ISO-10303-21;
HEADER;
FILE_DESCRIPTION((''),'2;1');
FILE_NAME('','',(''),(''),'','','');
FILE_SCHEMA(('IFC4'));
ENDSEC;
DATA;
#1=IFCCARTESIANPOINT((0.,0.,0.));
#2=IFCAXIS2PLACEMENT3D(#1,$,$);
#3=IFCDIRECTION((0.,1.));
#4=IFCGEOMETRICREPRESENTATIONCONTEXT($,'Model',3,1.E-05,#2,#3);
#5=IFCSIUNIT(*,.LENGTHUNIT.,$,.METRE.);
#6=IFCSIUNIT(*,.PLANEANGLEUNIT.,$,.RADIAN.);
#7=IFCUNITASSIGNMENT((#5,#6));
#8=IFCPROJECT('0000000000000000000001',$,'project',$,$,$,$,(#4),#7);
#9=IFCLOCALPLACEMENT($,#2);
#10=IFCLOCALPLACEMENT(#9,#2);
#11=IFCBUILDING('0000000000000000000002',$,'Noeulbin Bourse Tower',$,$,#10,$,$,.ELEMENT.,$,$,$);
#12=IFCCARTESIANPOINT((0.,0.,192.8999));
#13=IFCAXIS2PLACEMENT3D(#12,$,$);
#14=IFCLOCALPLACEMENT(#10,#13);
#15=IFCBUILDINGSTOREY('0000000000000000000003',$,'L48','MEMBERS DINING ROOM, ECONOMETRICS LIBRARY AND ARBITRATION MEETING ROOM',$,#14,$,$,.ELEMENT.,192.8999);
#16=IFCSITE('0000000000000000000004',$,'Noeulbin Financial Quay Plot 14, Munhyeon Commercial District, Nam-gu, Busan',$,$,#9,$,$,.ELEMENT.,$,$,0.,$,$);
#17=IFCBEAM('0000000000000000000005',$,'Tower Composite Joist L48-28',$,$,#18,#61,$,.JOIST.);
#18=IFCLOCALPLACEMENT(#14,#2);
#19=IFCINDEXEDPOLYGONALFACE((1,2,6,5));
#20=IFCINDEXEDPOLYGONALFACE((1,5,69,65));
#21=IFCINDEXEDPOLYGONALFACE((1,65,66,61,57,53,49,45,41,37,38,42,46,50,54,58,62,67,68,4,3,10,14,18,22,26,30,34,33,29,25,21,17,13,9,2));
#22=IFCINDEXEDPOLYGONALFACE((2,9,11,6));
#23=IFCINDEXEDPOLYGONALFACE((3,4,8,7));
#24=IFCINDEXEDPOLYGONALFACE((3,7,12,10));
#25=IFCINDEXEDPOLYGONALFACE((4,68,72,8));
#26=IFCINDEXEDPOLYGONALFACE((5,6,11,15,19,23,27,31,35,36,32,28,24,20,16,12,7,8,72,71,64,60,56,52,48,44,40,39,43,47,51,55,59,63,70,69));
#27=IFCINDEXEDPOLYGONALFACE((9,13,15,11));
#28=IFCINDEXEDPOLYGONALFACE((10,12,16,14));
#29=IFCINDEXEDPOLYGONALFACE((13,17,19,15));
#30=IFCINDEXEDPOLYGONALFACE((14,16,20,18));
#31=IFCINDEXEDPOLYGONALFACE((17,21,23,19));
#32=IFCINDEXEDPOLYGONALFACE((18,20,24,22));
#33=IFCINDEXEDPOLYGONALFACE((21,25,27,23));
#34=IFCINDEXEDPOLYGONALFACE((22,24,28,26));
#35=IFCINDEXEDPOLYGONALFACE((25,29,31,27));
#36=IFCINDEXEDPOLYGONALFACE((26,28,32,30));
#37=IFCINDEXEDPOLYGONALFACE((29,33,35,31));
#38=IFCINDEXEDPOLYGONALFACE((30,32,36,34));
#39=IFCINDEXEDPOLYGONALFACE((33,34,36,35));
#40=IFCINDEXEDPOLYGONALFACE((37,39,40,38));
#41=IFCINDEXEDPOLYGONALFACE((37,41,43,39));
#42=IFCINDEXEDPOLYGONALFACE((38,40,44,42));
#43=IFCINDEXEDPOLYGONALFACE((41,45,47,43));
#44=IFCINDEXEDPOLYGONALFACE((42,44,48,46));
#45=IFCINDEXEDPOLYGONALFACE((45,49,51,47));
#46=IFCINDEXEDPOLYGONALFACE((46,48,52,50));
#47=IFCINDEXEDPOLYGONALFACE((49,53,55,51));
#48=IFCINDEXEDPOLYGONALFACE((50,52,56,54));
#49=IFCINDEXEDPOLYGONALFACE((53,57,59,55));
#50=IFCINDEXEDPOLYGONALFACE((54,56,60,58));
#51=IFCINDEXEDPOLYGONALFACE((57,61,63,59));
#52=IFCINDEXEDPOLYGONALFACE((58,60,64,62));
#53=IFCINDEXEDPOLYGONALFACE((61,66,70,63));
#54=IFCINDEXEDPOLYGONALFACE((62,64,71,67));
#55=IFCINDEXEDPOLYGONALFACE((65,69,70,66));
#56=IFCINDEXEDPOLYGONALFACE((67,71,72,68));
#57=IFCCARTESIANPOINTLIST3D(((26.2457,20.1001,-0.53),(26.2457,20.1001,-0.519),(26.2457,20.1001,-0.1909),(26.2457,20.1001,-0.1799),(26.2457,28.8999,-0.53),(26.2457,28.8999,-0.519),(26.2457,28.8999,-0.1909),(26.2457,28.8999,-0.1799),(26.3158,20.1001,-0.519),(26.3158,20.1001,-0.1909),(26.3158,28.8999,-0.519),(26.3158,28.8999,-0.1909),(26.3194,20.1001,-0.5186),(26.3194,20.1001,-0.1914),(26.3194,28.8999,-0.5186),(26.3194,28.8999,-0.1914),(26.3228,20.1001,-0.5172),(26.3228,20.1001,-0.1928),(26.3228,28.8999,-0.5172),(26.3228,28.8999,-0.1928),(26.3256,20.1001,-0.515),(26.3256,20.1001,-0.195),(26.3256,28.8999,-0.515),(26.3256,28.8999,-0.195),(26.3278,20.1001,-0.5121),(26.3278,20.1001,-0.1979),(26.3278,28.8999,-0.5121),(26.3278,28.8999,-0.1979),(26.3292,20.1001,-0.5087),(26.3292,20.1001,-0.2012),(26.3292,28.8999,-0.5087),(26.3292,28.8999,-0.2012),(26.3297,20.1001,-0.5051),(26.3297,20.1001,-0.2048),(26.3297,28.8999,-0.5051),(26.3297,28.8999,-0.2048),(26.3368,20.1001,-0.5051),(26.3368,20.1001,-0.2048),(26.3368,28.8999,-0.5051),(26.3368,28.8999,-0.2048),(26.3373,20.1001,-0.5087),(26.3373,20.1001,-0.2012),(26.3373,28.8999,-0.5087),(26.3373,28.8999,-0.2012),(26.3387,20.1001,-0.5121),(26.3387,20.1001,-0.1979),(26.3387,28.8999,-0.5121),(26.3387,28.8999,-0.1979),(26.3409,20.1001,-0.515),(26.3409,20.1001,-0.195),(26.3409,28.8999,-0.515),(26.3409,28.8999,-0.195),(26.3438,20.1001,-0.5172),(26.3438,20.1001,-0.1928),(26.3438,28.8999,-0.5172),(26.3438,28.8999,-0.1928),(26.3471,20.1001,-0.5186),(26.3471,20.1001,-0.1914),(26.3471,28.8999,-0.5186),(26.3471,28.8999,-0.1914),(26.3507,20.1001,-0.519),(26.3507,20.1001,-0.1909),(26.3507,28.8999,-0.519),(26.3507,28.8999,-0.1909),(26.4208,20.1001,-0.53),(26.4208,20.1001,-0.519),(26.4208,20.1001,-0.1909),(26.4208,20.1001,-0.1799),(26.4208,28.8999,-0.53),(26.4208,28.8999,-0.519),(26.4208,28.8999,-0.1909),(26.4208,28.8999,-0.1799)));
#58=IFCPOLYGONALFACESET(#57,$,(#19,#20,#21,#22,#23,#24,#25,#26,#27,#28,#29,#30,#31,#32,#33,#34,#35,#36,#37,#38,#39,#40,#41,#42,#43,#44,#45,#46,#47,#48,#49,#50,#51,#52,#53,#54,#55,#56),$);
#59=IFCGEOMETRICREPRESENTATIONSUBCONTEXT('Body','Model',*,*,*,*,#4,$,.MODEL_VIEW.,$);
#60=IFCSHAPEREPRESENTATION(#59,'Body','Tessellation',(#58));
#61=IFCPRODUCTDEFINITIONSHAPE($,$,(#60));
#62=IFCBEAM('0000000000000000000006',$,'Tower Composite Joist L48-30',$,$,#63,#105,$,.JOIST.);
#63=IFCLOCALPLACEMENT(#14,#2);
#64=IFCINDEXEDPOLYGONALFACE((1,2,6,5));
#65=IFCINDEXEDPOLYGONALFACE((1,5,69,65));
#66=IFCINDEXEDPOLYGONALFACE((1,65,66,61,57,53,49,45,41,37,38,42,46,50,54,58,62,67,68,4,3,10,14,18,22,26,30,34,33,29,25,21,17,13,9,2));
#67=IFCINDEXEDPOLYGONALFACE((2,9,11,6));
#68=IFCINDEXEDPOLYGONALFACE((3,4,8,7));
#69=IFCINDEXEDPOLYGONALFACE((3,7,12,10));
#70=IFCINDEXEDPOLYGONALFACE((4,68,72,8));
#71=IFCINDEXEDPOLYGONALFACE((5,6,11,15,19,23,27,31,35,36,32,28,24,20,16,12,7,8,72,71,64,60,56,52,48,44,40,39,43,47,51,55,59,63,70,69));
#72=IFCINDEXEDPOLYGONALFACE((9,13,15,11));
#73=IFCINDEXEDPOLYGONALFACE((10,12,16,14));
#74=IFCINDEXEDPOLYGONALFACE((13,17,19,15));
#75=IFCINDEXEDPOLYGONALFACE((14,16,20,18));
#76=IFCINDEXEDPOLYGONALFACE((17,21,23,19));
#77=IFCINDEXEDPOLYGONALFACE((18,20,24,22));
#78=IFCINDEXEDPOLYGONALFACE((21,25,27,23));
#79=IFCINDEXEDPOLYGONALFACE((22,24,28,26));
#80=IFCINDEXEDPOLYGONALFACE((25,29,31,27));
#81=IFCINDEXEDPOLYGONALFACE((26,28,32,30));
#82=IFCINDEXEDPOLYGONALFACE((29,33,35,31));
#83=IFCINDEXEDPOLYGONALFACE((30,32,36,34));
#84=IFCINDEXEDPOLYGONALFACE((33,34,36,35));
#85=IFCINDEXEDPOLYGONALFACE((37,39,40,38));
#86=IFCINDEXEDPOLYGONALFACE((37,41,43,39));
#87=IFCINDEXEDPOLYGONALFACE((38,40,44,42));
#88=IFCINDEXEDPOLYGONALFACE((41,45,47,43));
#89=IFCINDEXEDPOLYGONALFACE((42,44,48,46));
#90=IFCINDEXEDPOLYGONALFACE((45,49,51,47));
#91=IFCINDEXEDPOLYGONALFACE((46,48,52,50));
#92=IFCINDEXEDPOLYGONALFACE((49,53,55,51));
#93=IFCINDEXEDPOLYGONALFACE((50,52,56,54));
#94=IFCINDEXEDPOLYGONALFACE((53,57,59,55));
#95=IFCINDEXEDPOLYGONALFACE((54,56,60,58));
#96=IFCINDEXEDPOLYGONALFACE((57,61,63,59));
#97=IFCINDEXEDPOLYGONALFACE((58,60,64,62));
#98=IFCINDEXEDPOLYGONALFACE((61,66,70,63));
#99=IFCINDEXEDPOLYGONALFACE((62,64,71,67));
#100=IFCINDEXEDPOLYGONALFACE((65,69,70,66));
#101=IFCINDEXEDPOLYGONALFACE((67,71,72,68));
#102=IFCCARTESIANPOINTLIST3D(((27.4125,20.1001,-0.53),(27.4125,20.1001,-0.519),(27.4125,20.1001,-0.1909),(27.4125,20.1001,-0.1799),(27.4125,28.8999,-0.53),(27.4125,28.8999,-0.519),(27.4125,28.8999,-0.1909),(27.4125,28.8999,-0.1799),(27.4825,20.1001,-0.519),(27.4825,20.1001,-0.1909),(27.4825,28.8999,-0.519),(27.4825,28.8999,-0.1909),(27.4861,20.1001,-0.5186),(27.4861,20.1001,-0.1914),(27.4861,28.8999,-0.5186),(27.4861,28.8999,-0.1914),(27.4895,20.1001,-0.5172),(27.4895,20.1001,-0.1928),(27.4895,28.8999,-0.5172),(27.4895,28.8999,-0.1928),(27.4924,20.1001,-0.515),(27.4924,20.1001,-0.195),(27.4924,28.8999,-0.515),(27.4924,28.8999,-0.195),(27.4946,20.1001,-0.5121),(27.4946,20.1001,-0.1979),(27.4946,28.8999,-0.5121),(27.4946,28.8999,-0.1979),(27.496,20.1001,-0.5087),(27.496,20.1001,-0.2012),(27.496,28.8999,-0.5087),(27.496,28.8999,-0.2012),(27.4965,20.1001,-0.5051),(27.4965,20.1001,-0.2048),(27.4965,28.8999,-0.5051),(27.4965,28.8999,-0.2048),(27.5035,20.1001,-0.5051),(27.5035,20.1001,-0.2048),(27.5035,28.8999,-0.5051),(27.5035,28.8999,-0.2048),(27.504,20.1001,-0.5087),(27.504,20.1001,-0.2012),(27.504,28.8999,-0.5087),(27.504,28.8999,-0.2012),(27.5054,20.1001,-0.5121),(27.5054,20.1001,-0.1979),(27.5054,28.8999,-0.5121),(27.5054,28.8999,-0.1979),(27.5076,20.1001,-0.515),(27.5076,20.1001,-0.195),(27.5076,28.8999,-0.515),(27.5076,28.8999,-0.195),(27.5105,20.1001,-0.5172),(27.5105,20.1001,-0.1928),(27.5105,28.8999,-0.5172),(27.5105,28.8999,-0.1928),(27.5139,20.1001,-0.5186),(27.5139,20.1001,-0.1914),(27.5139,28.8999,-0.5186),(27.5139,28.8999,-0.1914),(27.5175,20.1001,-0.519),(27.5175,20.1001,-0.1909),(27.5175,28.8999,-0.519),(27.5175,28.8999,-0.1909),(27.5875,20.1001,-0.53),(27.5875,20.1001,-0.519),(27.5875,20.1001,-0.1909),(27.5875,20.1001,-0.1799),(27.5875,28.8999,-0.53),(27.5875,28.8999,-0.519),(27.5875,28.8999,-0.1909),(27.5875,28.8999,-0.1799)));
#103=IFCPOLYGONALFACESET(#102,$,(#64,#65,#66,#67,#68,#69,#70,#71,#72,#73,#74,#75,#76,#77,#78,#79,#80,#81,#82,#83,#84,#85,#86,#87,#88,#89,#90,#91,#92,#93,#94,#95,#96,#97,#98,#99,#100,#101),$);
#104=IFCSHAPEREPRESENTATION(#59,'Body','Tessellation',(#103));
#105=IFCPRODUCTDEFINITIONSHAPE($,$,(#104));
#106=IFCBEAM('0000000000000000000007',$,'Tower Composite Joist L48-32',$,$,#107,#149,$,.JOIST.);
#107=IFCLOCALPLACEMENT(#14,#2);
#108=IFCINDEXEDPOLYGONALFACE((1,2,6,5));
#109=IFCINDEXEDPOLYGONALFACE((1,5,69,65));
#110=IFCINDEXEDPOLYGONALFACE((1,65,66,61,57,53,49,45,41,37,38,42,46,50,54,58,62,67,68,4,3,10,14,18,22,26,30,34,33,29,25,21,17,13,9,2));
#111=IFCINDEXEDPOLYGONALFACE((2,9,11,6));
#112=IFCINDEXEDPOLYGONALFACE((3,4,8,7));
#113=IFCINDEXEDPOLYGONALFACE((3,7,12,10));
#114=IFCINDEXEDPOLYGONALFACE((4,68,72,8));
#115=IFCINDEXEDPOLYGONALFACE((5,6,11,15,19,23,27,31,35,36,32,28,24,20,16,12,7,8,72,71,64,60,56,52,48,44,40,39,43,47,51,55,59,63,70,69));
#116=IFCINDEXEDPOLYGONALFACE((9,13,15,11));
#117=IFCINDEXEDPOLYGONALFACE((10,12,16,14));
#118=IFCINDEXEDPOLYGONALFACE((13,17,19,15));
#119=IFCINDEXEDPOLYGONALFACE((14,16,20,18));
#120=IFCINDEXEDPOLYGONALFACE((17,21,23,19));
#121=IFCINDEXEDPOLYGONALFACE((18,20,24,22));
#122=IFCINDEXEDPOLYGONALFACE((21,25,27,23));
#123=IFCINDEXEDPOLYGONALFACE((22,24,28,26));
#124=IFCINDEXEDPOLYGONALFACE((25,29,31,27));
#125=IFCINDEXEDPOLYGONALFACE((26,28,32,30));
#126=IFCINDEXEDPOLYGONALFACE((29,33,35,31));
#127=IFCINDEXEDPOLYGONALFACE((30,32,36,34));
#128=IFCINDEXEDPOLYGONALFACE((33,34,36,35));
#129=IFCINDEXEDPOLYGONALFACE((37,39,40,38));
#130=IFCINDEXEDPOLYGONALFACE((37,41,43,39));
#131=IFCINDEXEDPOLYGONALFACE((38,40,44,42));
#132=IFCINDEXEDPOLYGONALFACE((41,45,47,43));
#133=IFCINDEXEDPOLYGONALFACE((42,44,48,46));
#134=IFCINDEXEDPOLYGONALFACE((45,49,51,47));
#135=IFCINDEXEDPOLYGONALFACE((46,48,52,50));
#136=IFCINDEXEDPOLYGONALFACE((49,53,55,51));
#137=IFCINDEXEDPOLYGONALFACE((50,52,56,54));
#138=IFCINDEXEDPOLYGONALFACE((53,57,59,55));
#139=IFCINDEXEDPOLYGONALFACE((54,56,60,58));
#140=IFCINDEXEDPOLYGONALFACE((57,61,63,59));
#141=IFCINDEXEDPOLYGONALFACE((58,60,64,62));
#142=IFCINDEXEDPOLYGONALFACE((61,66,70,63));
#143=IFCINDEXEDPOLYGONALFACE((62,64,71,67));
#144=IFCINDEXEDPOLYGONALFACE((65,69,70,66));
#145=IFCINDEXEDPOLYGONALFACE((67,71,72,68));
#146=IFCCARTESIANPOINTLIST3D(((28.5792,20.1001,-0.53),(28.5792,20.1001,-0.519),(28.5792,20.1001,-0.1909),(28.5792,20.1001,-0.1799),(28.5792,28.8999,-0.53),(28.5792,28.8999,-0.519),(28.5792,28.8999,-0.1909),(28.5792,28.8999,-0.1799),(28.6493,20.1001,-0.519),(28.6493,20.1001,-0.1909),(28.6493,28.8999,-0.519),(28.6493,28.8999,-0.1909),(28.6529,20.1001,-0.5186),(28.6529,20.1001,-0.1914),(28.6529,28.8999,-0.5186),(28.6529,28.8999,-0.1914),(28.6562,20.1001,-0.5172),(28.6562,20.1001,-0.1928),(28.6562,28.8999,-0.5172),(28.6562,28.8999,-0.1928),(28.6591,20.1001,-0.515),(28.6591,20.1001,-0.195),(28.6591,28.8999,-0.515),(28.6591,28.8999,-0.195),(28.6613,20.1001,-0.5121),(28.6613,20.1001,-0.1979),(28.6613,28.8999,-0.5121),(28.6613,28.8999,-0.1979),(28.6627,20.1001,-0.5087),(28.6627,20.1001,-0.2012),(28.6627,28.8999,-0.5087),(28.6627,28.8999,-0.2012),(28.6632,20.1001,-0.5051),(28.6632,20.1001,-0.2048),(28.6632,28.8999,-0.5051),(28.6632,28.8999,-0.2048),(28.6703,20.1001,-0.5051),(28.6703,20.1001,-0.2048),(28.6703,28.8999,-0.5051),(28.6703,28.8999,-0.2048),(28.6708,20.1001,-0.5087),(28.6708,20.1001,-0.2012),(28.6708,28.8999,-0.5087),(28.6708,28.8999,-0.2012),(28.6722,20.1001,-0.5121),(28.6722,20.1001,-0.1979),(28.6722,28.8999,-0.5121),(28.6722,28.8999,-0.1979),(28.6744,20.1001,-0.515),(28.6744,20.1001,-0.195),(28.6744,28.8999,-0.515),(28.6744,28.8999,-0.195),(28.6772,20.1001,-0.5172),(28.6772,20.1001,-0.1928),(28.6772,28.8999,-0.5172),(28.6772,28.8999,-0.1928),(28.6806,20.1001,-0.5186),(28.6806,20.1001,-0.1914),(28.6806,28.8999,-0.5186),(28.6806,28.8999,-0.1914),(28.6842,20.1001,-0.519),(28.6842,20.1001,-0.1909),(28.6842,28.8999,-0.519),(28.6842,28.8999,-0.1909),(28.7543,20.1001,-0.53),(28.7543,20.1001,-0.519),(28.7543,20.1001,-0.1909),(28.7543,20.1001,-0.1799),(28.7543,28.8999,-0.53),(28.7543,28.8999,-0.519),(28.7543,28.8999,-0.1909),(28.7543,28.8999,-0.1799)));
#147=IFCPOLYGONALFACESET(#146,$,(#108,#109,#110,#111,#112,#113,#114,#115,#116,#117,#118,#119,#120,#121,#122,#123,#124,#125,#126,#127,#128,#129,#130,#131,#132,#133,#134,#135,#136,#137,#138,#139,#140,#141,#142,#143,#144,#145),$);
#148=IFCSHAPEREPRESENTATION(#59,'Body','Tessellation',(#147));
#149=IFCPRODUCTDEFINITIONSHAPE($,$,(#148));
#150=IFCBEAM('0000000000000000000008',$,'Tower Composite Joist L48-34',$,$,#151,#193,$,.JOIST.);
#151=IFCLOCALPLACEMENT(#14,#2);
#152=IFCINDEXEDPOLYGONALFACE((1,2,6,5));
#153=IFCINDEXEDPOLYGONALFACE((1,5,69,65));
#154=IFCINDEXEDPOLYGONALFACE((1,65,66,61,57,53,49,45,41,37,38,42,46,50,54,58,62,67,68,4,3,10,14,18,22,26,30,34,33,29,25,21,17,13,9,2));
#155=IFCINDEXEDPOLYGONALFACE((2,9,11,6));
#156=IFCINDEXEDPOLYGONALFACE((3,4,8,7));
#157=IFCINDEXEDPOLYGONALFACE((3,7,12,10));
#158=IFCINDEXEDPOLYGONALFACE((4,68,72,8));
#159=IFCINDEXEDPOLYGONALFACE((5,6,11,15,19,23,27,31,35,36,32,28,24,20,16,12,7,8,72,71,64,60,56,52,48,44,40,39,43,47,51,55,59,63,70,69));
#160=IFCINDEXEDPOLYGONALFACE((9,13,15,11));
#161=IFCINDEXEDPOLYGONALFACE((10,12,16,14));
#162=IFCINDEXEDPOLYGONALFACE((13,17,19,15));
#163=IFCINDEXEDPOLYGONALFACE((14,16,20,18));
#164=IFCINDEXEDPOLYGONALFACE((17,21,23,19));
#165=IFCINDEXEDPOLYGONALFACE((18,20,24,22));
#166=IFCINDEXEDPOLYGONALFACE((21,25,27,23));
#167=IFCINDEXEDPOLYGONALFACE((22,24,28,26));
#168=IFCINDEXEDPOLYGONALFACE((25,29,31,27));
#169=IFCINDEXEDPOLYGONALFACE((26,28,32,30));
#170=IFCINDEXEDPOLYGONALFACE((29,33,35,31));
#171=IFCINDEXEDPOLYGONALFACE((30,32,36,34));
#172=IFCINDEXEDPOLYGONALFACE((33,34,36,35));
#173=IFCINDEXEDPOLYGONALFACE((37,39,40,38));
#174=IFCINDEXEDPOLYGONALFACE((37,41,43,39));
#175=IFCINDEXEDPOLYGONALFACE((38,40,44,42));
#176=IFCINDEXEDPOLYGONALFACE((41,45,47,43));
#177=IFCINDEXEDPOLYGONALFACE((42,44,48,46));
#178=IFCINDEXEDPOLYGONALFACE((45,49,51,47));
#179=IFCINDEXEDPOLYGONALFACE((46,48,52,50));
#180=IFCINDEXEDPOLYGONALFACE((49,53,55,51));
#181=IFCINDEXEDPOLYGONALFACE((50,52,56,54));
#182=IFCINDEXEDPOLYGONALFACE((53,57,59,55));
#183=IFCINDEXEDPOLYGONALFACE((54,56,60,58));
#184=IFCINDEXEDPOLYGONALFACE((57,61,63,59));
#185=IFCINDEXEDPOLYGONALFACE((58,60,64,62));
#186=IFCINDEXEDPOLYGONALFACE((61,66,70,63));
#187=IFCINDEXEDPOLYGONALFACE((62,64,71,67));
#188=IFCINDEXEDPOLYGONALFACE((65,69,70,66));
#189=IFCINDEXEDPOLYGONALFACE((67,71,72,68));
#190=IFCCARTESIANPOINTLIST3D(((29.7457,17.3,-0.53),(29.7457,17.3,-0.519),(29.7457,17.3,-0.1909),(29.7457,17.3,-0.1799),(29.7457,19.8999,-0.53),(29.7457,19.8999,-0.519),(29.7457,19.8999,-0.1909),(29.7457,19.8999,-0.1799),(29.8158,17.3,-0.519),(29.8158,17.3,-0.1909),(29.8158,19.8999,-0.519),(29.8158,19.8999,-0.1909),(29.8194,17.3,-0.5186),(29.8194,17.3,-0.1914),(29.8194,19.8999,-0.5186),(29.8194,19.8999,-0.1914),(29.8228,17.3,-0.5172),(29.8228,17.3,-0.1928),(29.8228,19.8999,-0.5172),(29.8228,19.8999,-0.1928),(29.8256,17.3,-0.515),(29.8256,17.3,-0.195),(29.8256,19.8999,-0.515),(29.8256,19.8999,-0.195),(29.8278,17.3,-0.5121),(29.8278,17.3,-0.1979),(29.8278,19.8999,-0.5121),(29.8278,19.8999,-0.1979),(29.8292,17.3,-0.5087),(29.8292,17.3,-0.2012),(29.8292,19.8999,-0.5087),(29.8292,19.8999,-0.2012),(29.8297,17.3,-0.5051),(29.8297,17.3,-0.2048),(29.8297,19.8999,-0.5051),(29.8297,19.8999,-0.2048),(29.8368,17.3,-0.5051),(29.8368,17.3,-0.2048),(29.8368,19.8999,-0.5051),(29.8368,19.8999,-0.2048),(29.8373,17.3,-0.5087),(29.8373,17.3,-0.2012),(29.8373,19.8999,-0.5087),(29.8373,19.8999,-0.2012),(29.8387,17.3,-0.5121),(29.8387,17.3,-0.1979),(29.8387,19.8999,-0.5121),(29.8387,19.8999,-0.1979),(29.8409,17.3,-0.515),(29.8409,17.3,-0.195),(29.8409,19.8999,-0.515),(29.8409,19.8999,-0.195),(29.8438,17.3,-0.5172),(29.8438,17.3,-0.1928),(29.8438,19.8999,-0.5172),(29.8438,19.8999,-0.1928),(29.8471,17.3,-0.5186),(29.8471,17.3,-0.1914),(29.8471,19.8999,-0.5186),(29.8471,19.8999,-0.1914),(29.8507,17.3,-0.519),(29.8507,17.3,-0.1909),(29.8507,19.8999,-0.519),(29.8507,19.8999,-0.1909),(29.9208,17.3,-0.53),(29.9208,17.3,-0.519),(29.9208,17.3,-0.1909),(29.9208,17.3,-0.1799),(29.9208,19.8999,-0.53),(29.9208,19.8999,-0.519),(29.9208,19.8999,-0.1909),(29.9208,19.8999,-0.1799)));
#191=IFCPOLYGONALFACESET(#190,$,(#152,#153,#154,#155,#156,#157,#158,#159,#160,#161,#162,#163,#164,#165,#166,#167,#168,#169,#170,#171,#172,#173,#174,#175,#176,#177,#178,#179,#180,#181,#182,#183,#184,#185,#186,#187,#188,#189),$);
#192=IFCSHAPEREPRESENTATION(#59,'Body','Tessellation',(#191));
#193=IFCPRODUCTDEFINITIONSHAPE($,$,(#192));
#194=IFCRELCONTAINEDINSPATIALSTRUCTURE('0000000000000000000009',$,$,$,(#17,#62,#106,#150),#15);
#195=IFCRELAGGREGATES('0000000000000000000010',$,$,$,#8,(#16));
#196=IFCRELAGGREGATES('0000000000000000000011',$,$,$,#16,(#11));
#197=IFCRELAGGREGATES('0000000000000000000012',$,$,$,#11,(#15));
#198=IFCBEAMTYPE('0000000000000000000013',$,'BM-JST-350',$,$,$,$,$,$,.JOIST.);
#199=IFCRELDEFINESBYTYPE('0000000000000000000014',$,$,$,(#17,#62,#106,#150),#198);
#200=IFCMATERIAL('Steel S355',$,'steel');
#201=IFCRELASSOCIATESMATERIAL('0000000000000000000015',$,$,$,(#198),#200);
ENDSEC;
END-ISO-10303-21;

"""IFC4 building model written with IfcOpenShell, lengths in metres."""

from ifc_helpers import new_model, si_unit, direction, frame, origin, origin_2d, place, context, subcontext, project, spatial, i_section, extrude, material, material_profile, profile_set, type_object, element, save


model = new_model("IFC4")

# Units and contexts
model_context = context("Model", 3, precision=1e-05, world=origin(), true_north=direction((0.0, 1.0)))
body_context = subcontext(model_context, "Body", "Model", "MODEL_VIEW")
ifc_project = project(units=[si_unit("LENGTHUNIT", "METRE"), si_unit("PLANEANGLEUNIT", "RADIAN")], contexts=[model_context])

# Site, building, storey
site_placement = place(None, origin())
site = spatial("IfcSite", under=ifc_project, at=site_placement, Name="Noeulbin Financial Quay Plot 14, Munhyeon Commercial District, Nam-gu, Busan", CompositionType="ELEMENT", RefElevation=0.0)
building_placement = place(site_placement, origin())
building = spatial("IfcBuilding", under=site, at=building_placement, Name="Noeulbin Bourse Tower", CompositionType="ELEMENT")
storey_placement = place(building_placement, frame((0.0, 0.0, 192.8999)))
storey = spatial("IfcBuildingStorey", under=building, at=storey_placement, Name="L48", Description="MEMBERS DINING ROOM, ECONOMETRICS LIBRARY AND ARBITRATION MEETING ROOM", CompositionType="ELEMENT", Elevation=192.8999)

# Beams
ifc_material_1 = material(Name="Steel S355", Category="steel")
ifc_material_profile_1 = material_profile(ifc_material_1, i_section(OverallWidth=0.175, OverallDepth=0.3501, WebThickness=0.0071, FlangeThickness=0.011, FilletRadius=0.0139, at=origin_2d()), Name="H-350x175x7x11", Category="LoadBearing")
ifc_profile_set_1 = profile_set([ifc_material_profile_1], Name="Steel S355")
beam_type_1 = type_object("IfcBeamType", Name="BM-JST-350", PredefinedType="JOIST", material=ifc_profile_set_1)
for number, where, z_axis, x_axis, name in (
    (1, (26.3333, 20.1001, -0.355), (0.0, 1.0, 0.0), (-1.0, 0.0, 0.0), "Tower Composite Joist L48-28"),
    (2, (27.5, 20.1001, -0.355), (0.0, 1.0, 0.0), (-1.0, 0.0, 0.0), "Tower Composite Joist L48-30"),
    (3, (28.6667, 20.1001, -0.355), (0.0, 1.0, 0.0), (-1.0, 0.0, 0.0), "Tower Composite Joist L48-32"),
):
    element("IfcBeam", number, at=place(storey_placement, frame(where, z_axis=z_axis, x_axis=x_axis)), inside=storey, type_object=beam_type_1, Name=name, PredefinedType="JOIST", context=body_context, shape_type="SweptSolid", body=[
        extrude(i_section(OverallWidth=0.175, OverallDepth=0.3501, WebThickness=0.0071, FlangeThickness=0.011, FilletRadius=0.0139, at=origin_2d()), origin(), (0.0, 0.0, 1.0), 8.7998),
    ])
beam_1_placement = place(storey_placement, frame((29.8333, 17.3, -0.355), z_axis=(0.0, 1.0, 0.0), x_axis=(-1.0, 0.0, 0.0)))
element("IfcBeam", 4, at=beam_1_placement, inside=storey, type_object=beam_type_1, Name="Tower Composite Joist L48-34", PredefinedType="JOIST", context=body_context, shape_type="SweptSolid", body=[
    extrude(i_section(OverallWidth=0.175, OverallDepth=0.3501, WebThickness=0.0071, FlangeThickness=0.011, FilletRadius=0.0139, at=origin_2d()), origin(), (0.0, 0.0, 1.0), 2.5999),
])

save(model, "model.ifc")
